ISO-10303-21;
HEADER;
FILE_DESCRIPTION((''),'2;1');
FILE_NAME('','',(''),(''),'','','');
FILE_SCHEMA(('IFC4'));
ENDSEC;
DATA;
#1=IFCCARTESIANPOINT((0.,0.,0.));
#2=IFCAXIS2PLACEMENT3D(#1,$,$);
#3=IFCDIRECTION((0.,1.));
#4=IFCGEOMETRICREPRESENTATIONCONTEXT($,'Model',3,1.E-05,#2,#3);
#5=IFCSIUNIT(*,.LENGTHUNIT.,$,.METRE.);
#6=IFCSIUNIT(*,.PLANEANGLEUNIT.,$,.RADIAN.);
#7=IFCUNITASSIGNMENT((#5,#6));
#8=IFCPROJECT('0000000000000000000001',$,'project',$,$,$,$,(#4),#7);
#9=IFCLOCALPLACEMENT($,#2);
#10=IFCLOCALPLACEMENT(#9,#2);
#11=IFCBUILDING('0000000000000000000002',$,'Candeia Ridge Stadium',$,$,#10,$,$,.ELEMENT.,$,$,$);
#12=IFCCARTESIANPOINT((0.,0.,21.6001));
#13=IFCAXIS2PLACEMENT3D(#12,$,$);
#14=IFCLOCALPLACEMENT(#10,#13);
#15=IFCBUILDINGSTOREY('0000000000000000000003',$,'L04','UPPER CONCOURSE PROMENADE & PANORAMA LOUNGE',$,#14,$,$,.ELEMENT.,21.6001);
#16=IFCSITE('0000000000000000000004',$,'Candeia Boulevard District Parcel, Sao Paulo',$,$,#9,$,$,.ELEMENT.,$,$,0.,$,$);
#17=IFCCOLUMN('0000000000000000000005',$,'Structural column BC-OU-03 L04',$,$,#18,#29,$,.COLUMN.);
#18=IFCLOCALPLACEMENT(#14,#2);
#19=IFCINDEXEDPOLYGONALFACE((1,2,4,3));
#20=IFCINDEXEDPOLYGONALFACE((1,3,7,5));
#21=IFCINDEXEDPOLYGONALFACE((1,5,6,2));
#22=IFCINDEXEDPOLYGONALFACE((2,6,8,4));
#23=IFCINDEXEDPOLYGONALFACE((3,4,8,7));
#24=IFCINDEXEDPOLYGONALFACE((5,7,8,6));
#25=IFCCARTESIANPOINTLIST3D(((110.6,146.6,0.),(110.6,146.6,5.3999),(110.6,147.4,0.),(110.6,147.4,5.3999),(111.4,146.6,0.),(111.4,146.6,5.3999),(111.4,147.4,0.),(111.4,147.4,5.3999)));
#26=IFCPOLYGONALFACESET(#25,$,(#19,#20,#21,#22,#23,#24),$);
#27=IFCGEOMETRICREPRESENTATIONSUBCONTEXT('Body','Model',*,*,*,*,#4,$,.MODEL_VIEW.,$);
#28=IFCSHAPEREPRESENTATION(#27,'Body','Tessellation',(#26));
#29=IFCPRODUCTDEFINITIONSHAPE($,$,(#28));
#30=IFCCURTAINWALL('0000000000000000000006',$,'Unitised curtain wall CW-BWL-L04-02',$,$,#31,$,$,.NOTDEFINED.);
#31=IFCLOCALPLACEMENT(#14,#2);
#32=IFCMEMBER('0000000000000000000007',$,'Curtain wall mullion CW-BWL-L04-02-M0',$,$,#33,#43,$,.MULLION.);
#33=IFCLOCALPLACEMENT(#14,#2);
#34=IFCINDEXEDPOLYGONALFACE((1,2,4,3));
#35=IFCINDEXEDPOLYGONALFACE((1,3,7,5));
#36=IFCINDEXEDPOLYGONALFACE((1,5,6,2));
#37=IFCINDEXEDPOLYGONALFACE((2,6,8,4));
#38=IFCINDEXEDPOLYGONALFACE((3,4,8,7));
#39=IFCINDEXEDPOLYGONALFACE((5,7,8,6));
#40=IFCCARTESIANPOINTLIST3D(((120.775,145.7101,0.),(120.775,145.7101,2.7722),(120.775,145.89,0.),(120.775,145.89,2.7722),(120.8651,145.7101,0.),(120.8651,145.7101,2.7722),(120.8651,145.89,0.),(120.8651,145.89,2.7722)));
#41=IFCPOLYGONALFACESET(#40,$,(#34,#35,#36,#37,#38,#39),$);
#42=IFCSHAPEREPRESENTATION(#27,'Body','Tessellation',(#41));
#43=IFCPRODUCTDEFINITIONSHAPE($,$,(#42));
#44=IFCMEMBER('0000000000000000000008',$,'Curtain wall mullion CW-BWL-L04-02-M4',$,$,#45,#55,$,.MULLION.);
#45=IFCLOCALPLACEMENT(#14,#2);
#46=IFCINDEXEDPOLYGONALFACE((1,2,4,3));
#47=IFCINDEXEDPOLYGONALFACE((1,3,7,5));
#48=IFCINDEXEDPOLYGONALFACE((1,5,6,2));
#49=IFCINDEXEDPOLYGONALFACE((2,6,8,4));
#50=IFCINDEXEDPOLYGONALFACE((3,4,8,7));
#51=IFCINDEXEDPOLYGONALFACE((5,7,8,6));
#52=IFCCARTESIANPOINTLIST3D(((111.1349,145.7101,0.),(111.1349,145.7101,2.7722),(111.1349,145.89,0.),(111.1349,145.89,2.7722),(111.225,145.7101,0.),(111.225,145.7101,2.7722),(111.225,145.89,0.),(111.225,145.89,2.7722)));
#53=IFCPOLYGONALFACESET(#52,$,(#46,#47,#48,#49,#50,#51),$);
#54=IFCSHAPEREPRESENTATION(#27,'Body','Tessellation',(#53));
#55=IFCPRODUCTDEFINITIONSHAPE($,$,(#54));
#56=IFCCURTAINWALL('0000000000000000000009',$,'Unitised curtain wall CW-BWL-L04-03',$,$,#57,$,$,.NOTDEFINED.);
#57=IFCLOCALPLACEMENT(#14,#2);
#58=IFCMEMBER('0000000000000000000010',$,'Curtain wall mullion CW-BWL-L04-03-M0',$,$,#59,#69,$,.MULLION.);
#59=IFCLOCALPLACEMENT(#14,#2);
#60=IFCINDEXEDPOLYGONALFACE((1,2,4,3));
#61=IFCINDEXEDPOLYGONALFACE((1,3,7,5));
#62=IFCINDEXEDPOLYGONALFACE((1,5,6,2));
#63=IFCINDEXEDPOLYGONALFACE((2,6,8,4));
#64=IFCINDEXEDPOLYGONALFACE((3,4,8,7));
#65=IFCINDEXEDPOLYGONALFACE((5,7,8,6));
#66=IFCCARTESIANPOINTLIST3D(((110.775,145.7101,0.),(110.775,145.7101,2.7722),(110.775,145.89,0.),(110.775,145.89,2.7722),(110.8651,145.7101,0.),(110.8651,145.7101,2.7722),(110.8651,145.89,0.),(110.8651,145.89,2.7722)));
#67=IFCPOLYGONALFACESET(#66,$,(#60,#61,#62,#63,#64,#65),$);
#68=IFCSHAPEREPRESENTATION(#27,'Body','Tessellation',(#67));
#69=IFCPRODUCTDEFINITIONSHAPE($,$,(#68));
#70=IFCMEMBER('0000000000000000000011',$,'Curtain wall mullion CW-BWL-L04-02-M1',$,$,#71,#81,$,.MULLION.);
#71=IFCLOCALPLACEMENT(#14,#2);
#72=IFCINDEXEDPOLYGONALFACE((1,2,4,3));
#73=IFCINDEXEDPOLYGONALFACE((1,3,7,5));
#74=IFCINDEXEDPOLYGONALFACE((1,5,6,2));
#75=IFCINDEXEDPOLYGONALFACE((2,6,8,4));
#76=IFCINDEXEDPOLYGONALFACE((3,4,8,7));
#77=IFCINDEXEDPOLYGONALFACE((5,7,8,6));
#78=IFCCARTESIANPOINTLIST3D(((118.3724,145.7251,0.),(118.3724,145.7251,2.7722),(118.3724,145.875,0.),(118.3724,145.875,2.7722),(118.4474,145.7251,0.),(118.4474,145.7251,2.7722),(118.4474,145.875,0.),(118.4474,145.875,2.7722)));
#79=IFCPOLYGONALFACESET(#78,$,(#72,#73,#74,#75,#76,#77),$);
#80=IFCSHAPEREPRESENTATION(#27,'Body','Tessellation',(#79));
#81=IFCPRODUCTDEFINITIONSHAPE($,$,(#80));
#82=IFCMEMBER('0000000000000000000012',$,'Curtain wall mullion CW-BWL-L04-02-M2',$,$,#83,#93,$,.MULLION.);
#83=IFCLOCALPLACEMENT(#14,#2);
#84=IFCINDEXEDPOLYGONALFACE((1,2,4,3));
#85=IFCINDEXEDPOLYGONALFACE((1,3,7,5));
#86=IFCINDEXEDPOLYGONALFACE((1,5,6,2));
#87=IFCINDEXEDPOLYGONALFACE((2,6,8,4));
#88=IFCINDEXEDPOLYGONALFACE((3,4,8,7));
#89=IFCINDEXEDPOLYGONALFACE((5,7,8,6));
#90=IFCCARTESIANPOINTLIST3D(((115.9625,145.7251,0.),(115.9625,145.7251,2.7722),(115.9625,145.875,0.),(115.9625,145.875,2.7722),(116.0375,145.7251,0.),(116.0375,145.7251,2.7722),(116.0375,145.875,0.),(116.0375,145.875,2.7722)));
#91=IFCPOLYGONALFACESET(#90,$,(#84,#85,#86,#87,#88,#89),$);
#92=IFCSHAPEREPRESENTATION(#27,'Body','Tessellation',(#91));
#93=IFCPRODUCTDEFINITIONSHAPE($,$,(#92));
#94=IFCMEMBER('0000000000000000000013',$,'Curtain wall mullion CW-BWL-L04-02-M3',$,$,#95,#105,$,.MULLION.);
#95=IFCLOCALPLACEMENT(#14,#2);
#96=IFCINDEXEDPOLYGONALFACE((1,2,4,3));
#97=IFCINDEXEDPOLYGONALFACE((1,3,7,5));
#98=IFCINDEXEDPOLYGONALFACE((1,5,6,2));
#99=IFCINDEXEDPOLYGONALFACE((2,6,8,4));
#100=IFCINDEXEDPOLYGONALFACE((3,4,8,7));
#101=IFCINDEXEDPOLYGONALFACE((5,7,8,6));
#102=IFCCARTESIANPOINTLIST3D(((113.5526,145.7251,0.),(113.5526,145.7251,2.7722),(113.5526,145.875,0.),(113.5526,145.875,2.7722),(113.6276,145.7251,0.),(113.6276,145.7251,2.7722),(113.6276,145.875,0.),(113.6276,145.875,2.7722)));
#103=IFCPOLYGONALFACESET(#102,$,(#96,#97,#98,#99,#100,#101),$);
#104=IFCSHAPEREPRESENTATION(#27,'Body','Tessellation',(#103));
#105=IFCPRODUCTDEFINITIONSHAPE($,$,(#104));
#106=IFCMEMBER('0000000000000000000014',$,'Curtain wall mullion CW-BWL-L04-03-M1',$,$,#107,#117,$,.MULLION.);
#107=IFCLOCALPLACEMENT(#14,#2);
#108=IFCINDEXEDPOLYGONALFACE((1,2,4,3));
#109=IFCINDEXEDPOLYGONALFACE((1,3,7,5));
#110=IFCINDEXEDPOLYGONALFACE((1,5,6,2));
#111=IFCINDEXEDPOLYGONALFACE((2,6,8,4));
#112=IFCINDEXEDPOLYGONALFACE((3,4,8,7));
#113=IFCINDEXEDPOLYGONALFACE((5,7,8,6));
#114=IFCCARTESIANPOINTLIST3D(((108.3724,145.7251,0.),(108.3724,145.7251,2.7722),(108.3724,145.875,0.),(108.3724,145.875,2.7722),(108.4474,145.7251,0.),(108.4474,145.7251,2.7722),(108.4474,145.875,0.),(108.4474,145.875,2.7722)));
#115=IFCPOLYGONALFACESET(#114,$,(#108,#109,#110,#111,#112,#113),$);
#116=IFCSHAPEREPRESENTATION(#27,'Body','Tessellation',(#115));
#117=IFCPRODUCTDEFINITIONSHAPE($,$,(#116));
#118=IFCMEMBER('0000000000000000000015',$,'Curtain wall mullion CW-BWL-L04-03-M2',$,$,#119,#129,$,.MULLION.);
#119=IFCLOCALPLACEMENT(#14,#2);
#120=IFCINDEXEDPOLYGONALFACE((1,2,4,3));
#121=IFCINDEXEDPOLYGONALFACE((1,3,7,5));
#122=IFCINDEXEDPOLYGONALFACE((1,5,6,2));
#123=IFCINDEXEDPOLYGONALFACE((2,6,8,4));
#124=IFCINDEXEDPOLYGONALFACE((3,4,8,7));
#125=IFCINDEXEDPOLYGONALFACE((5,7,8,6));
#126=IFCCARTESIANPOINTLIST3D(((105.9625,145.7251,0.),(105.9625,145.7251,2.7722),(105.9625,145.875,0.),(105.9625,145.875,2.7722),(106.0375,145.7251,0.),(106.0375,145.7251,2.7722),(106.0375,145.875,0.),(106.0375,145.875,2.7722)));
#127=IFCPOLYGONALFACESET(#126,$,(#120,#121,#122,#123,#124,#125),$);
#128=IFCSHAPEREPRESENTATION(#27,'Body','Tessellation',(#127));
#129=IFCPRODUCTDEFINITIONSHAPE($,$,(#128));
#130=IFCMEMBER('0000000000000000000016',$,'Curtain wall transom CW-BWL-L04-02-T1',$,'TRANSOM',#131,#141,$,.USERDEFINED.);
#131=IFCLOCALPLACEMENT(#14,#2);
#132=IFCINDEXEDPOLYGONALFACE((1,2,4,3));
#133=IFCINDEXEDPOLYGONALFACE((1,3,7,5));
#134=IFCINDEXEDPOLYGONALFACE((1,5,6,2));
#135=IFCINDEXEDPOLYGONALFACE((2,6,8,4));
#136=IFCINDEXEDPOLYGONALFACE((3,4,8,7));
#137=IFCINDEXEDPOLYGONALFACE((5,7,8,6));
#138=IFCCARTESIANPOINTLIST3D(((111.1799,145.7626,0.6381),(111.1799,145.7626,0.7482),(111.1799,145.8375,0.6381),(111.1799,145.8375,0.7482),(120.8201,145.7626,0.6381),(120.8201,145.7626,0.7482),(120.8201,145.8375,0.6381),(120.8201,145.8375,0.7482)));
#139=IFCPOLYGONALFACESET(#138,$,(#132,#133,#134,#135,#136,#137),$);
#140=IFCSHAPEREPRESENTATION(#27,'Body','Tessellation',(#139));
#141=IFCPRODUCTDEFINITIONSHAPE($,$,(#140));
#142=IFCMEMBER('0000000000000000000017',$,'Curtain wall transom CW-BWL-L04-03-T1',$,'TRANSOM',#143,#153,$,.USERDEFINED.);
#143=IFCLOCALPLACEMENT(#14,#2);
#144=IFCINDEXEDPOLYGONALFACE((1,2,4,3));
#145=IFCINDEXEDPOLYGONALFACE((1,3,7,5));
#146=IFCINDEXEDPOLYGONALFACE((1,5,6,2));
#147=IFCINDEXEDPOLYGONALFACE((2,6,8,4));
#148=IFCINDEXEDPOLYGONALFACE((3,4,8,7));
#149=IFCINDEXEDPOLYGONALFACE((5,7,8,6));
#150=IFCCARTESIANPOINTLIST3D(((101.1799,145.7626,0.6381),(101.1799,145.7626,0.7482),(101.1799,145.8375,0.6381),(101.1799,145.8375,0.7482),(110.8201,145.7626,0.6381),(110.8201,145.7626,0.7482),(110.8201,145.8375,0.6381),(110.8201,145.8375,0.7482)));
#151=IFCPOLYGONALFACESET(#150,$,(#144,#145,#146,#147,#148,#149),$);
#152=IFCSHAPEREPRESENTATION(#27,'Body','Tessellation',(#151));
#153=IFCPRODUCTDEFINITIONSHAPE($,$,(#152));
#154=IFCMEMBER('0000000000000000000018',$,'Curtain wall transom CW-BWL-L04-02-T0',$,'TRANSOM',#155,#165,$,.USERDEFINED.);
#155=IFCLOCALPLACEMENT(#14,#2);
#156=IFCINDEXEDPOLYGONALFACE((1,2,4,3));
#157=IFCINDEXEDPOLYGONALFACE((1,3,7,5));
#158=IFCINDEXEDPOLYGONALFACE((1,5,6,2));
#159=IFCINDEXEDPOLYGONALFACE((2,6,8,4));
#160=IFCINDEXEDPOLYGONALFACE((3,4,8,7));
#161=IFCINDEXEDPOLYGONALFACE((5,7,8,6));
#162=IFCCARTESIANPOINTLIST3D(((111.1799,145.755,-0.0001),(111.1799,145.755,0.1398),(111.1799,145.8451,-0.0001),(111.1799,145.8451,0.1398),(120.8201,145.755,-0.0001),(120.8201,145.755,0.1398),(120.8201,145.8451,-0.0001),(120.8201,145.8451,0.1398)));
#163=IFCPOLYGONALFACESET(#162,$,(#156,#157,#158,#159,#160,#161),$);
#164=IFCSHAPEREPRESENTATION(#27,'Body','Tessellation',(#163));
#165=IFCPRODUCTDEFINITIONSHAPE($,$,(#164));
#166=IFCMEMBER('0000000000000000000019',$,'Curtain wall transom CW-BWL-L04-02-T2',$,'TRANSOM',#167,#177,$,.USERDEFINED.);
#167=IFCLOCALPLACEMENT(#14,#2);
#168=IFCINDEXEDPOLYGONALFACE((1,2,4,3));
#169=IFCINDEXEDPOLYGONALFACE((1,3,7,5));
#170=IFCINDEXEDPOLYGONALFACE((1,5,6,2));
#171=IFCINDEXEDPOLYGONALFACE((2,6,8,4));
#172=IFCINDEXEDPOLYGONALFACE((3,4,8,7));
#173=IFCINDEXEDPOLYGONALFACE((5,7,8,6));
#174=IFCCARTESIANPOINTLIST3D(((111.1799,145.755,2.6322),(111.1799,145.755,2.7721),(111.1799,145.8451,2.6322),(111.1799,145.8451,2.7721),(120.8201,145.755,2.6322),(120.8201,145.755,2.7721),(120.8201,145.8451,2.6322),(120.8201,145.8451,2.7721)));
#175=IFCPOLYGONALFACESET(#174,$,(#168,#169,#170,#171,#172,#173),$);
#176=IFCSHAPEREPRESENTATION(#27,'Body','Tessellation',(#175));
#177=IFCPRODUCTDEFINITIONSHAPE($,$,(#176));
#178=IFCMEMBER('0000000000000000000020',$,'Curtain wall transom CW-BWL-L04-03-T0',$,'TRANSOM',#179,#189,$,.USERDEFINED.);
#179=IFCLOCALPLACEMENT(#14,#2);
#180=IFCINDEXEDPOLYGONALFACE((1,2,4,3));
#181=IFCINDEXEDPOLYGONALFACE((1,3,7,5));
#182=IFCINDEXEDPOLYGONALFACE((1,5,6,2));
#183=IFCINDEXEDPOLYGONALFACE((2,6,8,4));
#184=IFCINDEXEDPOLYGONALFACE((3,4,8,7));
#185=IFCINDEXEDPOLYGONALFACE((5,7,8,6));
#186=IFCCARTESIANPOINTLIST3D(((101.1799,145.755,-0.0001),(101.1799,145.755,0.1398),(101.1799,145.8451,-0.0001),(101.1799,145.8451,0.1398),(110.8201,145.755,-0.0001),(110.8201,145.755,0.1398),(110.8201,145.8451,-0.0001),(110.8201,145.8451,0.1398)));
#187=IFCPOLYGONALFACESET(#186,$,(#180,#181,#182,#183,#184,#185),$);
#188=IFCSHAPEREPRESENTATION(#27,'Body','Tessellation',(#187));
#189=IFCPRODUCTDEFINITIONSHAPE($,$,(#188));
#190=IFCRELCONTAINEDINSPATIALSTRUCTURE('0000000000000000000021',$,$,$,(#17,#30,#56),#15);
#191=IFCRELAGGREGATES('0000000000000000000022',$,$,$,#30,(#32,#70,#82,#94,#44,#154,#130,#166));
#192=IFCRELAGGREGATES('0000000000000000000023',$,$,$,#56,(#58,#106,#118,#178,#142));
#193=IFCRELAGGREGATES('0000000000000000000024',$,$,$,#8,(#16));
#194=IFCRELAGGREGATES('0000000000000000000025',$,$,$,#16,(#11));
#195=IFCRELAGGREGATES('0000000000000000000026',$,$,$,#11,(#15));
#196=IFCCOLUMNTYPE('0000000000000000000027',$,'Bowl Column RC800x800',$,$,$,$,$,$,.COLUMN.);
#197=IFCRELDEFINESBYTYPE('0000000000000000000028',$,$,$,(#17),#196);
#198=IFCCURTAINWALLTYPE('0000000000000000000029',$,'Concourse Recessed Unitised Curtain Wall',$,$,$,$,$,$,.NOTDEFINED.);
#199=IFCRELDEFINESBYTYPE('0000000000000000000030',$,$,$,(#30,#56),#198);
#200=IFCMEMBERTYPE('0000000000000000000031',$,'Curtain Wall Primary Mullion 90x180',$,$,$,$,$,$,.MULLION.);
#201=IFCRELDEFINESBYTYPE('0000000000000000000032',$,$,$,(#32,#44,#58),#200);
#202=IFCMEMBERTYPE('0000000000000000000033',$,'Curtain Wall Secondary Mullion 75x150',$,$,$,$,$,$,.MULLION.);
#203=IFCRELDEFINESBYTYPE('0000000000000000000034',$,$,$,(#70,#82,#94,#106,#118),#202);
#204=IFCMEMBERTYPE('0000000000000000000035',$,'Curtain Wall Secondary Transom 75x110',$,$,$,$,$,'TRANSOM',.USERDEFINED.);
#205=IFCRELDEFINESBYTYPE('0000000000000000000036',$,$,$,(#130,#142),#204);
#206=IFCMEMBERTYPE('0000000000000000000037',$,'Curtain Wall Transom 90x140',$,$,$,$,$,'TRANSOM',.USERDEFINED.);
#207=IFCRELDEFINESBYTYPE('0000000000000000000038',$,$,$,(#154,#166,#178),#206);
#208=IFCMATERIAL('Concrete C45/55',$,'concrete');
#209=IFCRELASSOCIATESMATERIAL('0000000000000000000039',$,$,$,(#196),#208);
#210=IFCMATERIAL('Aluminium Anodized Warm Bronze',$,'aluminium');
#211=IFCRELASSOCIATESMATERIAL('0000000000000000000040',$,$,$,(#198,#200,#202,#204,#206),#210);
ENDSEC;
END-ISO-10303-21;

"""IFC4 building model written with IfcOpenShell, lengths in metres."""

from ifc_helpers import new_model, si_unit, direction, frame, origin, origin_2d, place, context, subcontext, project, spatial, rectangle, extrude, material, material_profile, profile_set, type_object, element, aggregate, save


model = new_model("IFC4")

# Units and contexts
model_context = context("Model", 3, precision=1e-05, world=origin(), true_north=direction((0.0, 1.0)))
body_context = subcontext(model_context, "Body", "Model", "MODEL_VIEW")
ifc_project = project(units=[si_unit("LENGTHUNIT", "METRE"), si_unit("PLANEANGLEUNIT", "RADIAN")], contexts=[model_context])

# Site, building, storey
site_placement = place(None, origin())
site = spatial("IfcSite", under=ifc_project, at=site_placement, Name="Candeia Boulevard District Parcel, Sao Paulo", CompositionType="ELEMENT", RefElevation=0.0)
building_placement = place(site_placement, origin())
building = spatial("IfcBuilding", under=site, at=building_placement, Name="Candeia Ridge Stadium", CompositionType="ELEMENT")
storey_placement = place(building_placement, frame((0.0, 0.0, 21.6001)))
storey = spatial("IfcBuildingStorey", under=building, at=storey_placement, Name="L04", Description="UPPER CONCOURSE PROMENADE & PANORAMA LOUNGE", CompositionType="ELEMENT", Elevation=21.6001)

# Column
ifc_material_1 = material(Name="Concrete C45/55", Category="concrete")
ifc_material_profile_1 = material_profile(ifc_material_1, rectangle(XDim=0.8, YDim=0.8, at=origin_2d()), Name="RC800x800", Category="concrete")
ifc_profile_set_1 = profile_set([ifc_material_profile_1], Name="Concrete C45/55")
column_type = type_object("IfcColumnType", Name="Bowl Column RC800x800", PredefinedType="COLUMN", material=ifc_profile_set_1)
column_placement = place(storey_placement, frame((111.0, 147.0, 0.0), z_axis=(0.0, 0.0, 1.0), x_axis=(1.0, 0.0, 0.0)))
element("IfcColumn", 1, at=column_placement, inside=storey, type_object=column_type, Name="Structural column BC-OU-03 L04", PredefinedType="COLUMN", context=body_context, shape_type="SweptSolid", body=[
    extrude(rectangle(XDim=0.8, YDim=0.8, at=origin_2d()), origin(), (0.0, 0.0, 1.0), 5.3999),
])

# Curtain wall, members
ifc_material_2 = material(Name="Aluminium Anodized Warm Bronze", Category="aluminium")
curtain_wall_type = type_object("IfcCurtainWallType", Name="Concourse Recessed Unitised Curtain Wall", PredefinedType="NOTDEFINED", material=ifc_material_2)
curtain_wall_1_placement = place(storey_placement, origin())
curtain_wall_1 = element("IfcCurtainWall", 2, at=curtain_wall_1_placement, inside=storey, type_object=curtain_wall_type, Name="Unitised curtain wall CW-BWL-L04-02", PredefinedType="NOTDEFINED")
ifc_material_profile_2 = material_profile(ifc_material_2, rectangle(XDim=0.0901, YDim=0.1799, at=origin_2d()), Name="CWM-90x180", Category="aluminium")
ifc_profile_set_2 = profile_set([ifc_material_profile_2], Name="Aluminium Anodized Warm Bronze")
member_type_1 = type_object("IfcMemberType", Name="Curtain Wall Primary Mullion 90x180", PredefinedType="MULLION", material=ifc_profile_set_2)
member_1_placement = place(storey_placement, frame((120.8201, 145.8, 0.0), z_axis=(0.0, 0.0, 1.0), x_axis=(1.0, 0.0, 0.0)))
member_1 = element("IfcMember", 3, at=member_1_placement, type_object=member_type_1, Name="Curtain wall mullion CW-BWL-L04-02-M0", PredefinedType="MULLION", context=body_context, shape_type="SweptSolid", body=[
    extrude(rectangle(XDim=0.0901, YDim=0.1799, at=origin_2d()), origin(), (0.0, 0.0, 1.0), 2.7722),
])
member_2_placement = place(storey_placement, frame((111.1799, 145.8, 0.0), z_axis=(0.0, 0.0, 1.0), x_axis=(1.0, 0.0, 0.0)))
member_2 = element("IfcMember", 4, at=member_2_placement, type_object=member_type_1, Name="Curtain wall mullion CW-BWL-L04-02-M4", PredefinedType="MULLION", context=body_context, shape_type="SweptSolid", body=[
    extrude(rectangle(XDim=0.0901, YDim=0.1799, at=origin_2d()), origin(), (0.0, 0.0, 1.0), 2.7722),
])

# Curtain wall, member
curtain_wall_2_placement = place(storey_placement, origin())
curtain_wall_2 = element("IfcCurtainWall", 5, at=curtain_wall_2_placement, inside=storey, type_object=curtain_wall_type, Name="Unitised curtain wall CW-BWL-L04-03", PredefinedType="NOTDEFINED")
member_3_placement = place(storey_placement, frame((110.8201, 145.8, 0.0), z_axis=(0.0, 0.0, 1.0), x_axis=(1.0, 0.0, 0.0)))
member_3 = element("IfcMember", 6, at=member_3_placement, type_object=member_type_1, Name="Curtain wall mullion CW-BWL-L04-03-M0", PredefinedType="MULLION", context=body_context, shape_type="SweptSolid", body=[
    extrude(rectangle(XDim=0.0901, YDim=0.1799, at=origin_2d()), origin(), (0.0, 0.0, 1.0), 2.7722),
])

# Members
ifc_material_profile_3 = material_profile(ifc_material_2, rectangle(XDim=0.075, YDim=0.1499, at=origin_2d()), Name="CWM-75x150", Category="aluminium")
ifc_profile_set_3 = profile_set([ifc_material_profile_3], Name="Aluminium Anodized Warm Bronze")
member_type_2 = type_object("IfcMemberType", Name="Curtain Wall Secondary Mullion 75x150", PredefinedType="MULLION", material=ifc_profile_set_3)
member_4_placement = place(storey_placement, frame((118.4099, 145.8, 0.0), z_axis=(0.0, 0.0, 1.0), x_axis=(1.0, 0.0, 0.0)))
member_4 = element("IfcMember", 7, at=member_4_placement, type_object=member_type_2, Name="Curtain wall mullion CW-BWL-L04-02-M1", PredefinedType="MULLION", context=body_context, shape_type="SweptSolid", body=[
    extrude(rectangle(XDim=0.075, YDim=0.1499, at=origin_2d()), origin(), (0.0, 0.0, 1.0), 2.7722),
])
member_5_placement = place(storey_placement, frame((116.0, 145.8, 0.0), z_axis=(0.0, 0.0, 1.0), x_axis=(1.0, 0.0, 0.0)))
member_5 = element("IfcMember", 8, at=member_5_placement, type_object=member_type_2, Name="Curtain wall mullion CW-BWL-L04-02-M2", PredefinedType="MULLION", context=body_context, shape_type="SweptSolid", body=[
    extrude(rectangle(XDim=0.075, YDim=0.1499, at=origin_2d()), origin(), (0.0, 0.0, 1.0), 2.7722),
])
member_6_placement = place(storey_placement, frame((113.5901, 145.8, 0.0), z_axis=(0.0, 0.0, 1.0), x_axis=(1.0, 0.0, 0.0)))
member_6 = element("IfcMember", 9, at=member_6_placement, type_object=member_type_2, Name="Curtain wall mullion CW-BWL-L04-02-M3", PredefinedType="MULLION", context=body_context, shape_type="SweptSolid", body=[
    extrude(rectangle(XDim=0.075, YDim=0.1499, at=origin_2d()), origin(), (0.0, 0.0, 1.0), 2.7722),
])
member_7_placement = place(storey_placement, frame((108.4099, 145.8, 0.0), z_axis=(0.0, 0.0, 1.0), x_axis=(1.0, 0.0, 0.0)))
member_7 = element("IfcMember", 10, at=member_7_placement, type_object=member_type_2, Name="Curtain wall mullion CW-BWL-L04-03-M1", PredefinedType="MULLION", context=body_context, shape_type="SweptSolid", body=[
    extrude(rectangle(XDim=0.075, YDim=0.1499, at=origin_2d()), origin(), (0.0, 0.0, 1.0), 2.7722),
])
member_8_placement = place(storey_placement, frame((106.0, 145.8, 0.0), z_axis=(0.0, 0.0, 1.0), x_axis=(1.0, 0.0, 0.0)))
member_8 = element("IfcMember", 11, at=member_8_placement, type_object=member_type_2, Name="Curtain wall mullion CW-BWL-L04-03-M2", PredefinedType="MULLION", context=body_context, shape_type="SweptSolid", body=[
    extrude(rectangle(XDim=0.075, YDim=0.1499, at=origin_2d()), origin(), (0.0, 0.0, 1.0), 2.7722),
])
ifc_material_profile_4 = material_profile(ifc_material_2, rectangle(XDim=0.075, YDim=0.1101, at=origin_2d()), Name="CWT-75x110", Category="aluminium")
ifc_profile_set_4 = profile_set([ifc_material_profile_4], Name="Aluminium Anodized Warm Bronze")
member_type_3 = type_object("IfcMemberType", Name="Curtain Wall Secondary Transom 75x110", ElementType="TRANSOM", PredefinedType="USERDEFINED", material=ifc_profile_set_4)
member_9_placement = place(storey_placement, frame((120.8201, 145.8, 0.6931), z_axis=(-1.0, 0.0, 0.0), x_axis=(0.0, -1.0, 0.0)))
member_9 = element("IfcMember", 12, at=member_9_placement, type_object=member_type_3, Name="Curtain wall transom CW-BWL-L04-02-T1", ObjectType="TRANSOM", PredefinedType="USERDEFINED", context=body_context, shape_type="SweptSolid", body=[
    extrude(rectangle(XDim=0.075, YDim=0.1101, at=origin_2d()), origin(), (0.0, 0.0, 1.0), 9.6401),
])
member_10_placement = place(storey_placement, frame((110.8201, 145.8, 0.6931), z_axis=(-1.0, 0.0, 0.0), x_axis=(0.0, -1.0, 0.0)))
member_10 = element("IfcMember", 13, at=member_10_placement, type_object=member_type_3, Name="Curtain wall transom CW-BWL-L04-03-T1", ObjectType="TRANSOM", PredefinedType="USERDEFINED", context=body_context, shape_type="SweptSolid", body=[
    extrude(rectangle(XDim=0.075, YDim=0.1101, at=origin_2d()), origin(), (0.0, 0.0, 1.0), 9.6401),
])
ifc_material_profile_5 = material_profile(ifc_material_2, rectangle(XDim=0.0901, YDim=0.1399, at=origin_2d()), Name="CWT-90x140", Category="aluminium")
ifc_profile_set_5 = profile_set([ifc_material_profile_5], Name="Aluminium Anodized Warm Bronze")
member_type_4 = type_object("IfcMemberType", Name="Curtain Wall Transom 90x140", ElementType="TRANSOM", PredefinedType="USERDEFINED", material=ifc_profile_set_5)
member_11_placement = place(storey_placement, frame((120.8201, 145.8, 0.0698), z_axis=(-1.0, 0.0, 0.0), x_axis=(0.0, -1.0, 0.0)))
member_11 = element("IfcMember", 14, at=member_11_placement, type_object=member_type_4, Name="Curtain wall transom CW-BWL-L04-02-T0", ObjectType="TRANSOM", PredefinedType="USERDEFINED", context=body_context, shape_type="SweptSolid", body=[
    extrude(rectangle(XDim=0.0901, YDim=0.1399, at=origin_2d()), origin(), (0.0, 0.0, 1.0), 9.6401),
])
member_12_placement = place(storey_placement, frame((120.8201, 145.8, 2.7021), z_axis=(-1.0, 0.0, 0.0), x_axis=(0.0, -1.0, 0.0)))
member_12 = element("IfcMember", 15, at=member_12_placement, type_object=member_type_4, Name="Curtain wall transom CW-BWL-L04-02-T2", ObjectType="TRANSOM", PredefinedType="USERDEFINED", context=body_context, shape_type="SweptSolid", body=[
    extrude(rectangle(XDim=0.0901, YDim=0.1399, at=origin_2d()), origin(), (0.0, 0.0, 1.0), 9.6401),
])
member_13_placement = place(storey_placement, frame((110.8201, 145.8, 0.0698), z_axis=(-1.0, 0.0, 0.0), x_axis=(0.0, -1.0, 0.0)))
member_13 = element("IfcMember", 16, at=member_13_placement, type_object=member_type_4, Name="Curtain wall transom CW-BWL-L04-03-T0", ObjectType="TRANSOM", PredefinedType="USERDEFINED", context=body_context, shape_type="SweptSolid", body=[
    extrude(rectangle(XDim=0.0901, YDim=0.1399, at=origin_2d()), origin(), (0.0, 0.0, 1.0), 9.6401),
])

aggregate(curtain_wall_1, [member_1, member_4, member_5, member_6, member_2, member_11, member_9, member_12])
aggregate(curtain_wall_2, [member_3, member_7, member_8, member_13, member_10])

save(model, "model.ifc")
